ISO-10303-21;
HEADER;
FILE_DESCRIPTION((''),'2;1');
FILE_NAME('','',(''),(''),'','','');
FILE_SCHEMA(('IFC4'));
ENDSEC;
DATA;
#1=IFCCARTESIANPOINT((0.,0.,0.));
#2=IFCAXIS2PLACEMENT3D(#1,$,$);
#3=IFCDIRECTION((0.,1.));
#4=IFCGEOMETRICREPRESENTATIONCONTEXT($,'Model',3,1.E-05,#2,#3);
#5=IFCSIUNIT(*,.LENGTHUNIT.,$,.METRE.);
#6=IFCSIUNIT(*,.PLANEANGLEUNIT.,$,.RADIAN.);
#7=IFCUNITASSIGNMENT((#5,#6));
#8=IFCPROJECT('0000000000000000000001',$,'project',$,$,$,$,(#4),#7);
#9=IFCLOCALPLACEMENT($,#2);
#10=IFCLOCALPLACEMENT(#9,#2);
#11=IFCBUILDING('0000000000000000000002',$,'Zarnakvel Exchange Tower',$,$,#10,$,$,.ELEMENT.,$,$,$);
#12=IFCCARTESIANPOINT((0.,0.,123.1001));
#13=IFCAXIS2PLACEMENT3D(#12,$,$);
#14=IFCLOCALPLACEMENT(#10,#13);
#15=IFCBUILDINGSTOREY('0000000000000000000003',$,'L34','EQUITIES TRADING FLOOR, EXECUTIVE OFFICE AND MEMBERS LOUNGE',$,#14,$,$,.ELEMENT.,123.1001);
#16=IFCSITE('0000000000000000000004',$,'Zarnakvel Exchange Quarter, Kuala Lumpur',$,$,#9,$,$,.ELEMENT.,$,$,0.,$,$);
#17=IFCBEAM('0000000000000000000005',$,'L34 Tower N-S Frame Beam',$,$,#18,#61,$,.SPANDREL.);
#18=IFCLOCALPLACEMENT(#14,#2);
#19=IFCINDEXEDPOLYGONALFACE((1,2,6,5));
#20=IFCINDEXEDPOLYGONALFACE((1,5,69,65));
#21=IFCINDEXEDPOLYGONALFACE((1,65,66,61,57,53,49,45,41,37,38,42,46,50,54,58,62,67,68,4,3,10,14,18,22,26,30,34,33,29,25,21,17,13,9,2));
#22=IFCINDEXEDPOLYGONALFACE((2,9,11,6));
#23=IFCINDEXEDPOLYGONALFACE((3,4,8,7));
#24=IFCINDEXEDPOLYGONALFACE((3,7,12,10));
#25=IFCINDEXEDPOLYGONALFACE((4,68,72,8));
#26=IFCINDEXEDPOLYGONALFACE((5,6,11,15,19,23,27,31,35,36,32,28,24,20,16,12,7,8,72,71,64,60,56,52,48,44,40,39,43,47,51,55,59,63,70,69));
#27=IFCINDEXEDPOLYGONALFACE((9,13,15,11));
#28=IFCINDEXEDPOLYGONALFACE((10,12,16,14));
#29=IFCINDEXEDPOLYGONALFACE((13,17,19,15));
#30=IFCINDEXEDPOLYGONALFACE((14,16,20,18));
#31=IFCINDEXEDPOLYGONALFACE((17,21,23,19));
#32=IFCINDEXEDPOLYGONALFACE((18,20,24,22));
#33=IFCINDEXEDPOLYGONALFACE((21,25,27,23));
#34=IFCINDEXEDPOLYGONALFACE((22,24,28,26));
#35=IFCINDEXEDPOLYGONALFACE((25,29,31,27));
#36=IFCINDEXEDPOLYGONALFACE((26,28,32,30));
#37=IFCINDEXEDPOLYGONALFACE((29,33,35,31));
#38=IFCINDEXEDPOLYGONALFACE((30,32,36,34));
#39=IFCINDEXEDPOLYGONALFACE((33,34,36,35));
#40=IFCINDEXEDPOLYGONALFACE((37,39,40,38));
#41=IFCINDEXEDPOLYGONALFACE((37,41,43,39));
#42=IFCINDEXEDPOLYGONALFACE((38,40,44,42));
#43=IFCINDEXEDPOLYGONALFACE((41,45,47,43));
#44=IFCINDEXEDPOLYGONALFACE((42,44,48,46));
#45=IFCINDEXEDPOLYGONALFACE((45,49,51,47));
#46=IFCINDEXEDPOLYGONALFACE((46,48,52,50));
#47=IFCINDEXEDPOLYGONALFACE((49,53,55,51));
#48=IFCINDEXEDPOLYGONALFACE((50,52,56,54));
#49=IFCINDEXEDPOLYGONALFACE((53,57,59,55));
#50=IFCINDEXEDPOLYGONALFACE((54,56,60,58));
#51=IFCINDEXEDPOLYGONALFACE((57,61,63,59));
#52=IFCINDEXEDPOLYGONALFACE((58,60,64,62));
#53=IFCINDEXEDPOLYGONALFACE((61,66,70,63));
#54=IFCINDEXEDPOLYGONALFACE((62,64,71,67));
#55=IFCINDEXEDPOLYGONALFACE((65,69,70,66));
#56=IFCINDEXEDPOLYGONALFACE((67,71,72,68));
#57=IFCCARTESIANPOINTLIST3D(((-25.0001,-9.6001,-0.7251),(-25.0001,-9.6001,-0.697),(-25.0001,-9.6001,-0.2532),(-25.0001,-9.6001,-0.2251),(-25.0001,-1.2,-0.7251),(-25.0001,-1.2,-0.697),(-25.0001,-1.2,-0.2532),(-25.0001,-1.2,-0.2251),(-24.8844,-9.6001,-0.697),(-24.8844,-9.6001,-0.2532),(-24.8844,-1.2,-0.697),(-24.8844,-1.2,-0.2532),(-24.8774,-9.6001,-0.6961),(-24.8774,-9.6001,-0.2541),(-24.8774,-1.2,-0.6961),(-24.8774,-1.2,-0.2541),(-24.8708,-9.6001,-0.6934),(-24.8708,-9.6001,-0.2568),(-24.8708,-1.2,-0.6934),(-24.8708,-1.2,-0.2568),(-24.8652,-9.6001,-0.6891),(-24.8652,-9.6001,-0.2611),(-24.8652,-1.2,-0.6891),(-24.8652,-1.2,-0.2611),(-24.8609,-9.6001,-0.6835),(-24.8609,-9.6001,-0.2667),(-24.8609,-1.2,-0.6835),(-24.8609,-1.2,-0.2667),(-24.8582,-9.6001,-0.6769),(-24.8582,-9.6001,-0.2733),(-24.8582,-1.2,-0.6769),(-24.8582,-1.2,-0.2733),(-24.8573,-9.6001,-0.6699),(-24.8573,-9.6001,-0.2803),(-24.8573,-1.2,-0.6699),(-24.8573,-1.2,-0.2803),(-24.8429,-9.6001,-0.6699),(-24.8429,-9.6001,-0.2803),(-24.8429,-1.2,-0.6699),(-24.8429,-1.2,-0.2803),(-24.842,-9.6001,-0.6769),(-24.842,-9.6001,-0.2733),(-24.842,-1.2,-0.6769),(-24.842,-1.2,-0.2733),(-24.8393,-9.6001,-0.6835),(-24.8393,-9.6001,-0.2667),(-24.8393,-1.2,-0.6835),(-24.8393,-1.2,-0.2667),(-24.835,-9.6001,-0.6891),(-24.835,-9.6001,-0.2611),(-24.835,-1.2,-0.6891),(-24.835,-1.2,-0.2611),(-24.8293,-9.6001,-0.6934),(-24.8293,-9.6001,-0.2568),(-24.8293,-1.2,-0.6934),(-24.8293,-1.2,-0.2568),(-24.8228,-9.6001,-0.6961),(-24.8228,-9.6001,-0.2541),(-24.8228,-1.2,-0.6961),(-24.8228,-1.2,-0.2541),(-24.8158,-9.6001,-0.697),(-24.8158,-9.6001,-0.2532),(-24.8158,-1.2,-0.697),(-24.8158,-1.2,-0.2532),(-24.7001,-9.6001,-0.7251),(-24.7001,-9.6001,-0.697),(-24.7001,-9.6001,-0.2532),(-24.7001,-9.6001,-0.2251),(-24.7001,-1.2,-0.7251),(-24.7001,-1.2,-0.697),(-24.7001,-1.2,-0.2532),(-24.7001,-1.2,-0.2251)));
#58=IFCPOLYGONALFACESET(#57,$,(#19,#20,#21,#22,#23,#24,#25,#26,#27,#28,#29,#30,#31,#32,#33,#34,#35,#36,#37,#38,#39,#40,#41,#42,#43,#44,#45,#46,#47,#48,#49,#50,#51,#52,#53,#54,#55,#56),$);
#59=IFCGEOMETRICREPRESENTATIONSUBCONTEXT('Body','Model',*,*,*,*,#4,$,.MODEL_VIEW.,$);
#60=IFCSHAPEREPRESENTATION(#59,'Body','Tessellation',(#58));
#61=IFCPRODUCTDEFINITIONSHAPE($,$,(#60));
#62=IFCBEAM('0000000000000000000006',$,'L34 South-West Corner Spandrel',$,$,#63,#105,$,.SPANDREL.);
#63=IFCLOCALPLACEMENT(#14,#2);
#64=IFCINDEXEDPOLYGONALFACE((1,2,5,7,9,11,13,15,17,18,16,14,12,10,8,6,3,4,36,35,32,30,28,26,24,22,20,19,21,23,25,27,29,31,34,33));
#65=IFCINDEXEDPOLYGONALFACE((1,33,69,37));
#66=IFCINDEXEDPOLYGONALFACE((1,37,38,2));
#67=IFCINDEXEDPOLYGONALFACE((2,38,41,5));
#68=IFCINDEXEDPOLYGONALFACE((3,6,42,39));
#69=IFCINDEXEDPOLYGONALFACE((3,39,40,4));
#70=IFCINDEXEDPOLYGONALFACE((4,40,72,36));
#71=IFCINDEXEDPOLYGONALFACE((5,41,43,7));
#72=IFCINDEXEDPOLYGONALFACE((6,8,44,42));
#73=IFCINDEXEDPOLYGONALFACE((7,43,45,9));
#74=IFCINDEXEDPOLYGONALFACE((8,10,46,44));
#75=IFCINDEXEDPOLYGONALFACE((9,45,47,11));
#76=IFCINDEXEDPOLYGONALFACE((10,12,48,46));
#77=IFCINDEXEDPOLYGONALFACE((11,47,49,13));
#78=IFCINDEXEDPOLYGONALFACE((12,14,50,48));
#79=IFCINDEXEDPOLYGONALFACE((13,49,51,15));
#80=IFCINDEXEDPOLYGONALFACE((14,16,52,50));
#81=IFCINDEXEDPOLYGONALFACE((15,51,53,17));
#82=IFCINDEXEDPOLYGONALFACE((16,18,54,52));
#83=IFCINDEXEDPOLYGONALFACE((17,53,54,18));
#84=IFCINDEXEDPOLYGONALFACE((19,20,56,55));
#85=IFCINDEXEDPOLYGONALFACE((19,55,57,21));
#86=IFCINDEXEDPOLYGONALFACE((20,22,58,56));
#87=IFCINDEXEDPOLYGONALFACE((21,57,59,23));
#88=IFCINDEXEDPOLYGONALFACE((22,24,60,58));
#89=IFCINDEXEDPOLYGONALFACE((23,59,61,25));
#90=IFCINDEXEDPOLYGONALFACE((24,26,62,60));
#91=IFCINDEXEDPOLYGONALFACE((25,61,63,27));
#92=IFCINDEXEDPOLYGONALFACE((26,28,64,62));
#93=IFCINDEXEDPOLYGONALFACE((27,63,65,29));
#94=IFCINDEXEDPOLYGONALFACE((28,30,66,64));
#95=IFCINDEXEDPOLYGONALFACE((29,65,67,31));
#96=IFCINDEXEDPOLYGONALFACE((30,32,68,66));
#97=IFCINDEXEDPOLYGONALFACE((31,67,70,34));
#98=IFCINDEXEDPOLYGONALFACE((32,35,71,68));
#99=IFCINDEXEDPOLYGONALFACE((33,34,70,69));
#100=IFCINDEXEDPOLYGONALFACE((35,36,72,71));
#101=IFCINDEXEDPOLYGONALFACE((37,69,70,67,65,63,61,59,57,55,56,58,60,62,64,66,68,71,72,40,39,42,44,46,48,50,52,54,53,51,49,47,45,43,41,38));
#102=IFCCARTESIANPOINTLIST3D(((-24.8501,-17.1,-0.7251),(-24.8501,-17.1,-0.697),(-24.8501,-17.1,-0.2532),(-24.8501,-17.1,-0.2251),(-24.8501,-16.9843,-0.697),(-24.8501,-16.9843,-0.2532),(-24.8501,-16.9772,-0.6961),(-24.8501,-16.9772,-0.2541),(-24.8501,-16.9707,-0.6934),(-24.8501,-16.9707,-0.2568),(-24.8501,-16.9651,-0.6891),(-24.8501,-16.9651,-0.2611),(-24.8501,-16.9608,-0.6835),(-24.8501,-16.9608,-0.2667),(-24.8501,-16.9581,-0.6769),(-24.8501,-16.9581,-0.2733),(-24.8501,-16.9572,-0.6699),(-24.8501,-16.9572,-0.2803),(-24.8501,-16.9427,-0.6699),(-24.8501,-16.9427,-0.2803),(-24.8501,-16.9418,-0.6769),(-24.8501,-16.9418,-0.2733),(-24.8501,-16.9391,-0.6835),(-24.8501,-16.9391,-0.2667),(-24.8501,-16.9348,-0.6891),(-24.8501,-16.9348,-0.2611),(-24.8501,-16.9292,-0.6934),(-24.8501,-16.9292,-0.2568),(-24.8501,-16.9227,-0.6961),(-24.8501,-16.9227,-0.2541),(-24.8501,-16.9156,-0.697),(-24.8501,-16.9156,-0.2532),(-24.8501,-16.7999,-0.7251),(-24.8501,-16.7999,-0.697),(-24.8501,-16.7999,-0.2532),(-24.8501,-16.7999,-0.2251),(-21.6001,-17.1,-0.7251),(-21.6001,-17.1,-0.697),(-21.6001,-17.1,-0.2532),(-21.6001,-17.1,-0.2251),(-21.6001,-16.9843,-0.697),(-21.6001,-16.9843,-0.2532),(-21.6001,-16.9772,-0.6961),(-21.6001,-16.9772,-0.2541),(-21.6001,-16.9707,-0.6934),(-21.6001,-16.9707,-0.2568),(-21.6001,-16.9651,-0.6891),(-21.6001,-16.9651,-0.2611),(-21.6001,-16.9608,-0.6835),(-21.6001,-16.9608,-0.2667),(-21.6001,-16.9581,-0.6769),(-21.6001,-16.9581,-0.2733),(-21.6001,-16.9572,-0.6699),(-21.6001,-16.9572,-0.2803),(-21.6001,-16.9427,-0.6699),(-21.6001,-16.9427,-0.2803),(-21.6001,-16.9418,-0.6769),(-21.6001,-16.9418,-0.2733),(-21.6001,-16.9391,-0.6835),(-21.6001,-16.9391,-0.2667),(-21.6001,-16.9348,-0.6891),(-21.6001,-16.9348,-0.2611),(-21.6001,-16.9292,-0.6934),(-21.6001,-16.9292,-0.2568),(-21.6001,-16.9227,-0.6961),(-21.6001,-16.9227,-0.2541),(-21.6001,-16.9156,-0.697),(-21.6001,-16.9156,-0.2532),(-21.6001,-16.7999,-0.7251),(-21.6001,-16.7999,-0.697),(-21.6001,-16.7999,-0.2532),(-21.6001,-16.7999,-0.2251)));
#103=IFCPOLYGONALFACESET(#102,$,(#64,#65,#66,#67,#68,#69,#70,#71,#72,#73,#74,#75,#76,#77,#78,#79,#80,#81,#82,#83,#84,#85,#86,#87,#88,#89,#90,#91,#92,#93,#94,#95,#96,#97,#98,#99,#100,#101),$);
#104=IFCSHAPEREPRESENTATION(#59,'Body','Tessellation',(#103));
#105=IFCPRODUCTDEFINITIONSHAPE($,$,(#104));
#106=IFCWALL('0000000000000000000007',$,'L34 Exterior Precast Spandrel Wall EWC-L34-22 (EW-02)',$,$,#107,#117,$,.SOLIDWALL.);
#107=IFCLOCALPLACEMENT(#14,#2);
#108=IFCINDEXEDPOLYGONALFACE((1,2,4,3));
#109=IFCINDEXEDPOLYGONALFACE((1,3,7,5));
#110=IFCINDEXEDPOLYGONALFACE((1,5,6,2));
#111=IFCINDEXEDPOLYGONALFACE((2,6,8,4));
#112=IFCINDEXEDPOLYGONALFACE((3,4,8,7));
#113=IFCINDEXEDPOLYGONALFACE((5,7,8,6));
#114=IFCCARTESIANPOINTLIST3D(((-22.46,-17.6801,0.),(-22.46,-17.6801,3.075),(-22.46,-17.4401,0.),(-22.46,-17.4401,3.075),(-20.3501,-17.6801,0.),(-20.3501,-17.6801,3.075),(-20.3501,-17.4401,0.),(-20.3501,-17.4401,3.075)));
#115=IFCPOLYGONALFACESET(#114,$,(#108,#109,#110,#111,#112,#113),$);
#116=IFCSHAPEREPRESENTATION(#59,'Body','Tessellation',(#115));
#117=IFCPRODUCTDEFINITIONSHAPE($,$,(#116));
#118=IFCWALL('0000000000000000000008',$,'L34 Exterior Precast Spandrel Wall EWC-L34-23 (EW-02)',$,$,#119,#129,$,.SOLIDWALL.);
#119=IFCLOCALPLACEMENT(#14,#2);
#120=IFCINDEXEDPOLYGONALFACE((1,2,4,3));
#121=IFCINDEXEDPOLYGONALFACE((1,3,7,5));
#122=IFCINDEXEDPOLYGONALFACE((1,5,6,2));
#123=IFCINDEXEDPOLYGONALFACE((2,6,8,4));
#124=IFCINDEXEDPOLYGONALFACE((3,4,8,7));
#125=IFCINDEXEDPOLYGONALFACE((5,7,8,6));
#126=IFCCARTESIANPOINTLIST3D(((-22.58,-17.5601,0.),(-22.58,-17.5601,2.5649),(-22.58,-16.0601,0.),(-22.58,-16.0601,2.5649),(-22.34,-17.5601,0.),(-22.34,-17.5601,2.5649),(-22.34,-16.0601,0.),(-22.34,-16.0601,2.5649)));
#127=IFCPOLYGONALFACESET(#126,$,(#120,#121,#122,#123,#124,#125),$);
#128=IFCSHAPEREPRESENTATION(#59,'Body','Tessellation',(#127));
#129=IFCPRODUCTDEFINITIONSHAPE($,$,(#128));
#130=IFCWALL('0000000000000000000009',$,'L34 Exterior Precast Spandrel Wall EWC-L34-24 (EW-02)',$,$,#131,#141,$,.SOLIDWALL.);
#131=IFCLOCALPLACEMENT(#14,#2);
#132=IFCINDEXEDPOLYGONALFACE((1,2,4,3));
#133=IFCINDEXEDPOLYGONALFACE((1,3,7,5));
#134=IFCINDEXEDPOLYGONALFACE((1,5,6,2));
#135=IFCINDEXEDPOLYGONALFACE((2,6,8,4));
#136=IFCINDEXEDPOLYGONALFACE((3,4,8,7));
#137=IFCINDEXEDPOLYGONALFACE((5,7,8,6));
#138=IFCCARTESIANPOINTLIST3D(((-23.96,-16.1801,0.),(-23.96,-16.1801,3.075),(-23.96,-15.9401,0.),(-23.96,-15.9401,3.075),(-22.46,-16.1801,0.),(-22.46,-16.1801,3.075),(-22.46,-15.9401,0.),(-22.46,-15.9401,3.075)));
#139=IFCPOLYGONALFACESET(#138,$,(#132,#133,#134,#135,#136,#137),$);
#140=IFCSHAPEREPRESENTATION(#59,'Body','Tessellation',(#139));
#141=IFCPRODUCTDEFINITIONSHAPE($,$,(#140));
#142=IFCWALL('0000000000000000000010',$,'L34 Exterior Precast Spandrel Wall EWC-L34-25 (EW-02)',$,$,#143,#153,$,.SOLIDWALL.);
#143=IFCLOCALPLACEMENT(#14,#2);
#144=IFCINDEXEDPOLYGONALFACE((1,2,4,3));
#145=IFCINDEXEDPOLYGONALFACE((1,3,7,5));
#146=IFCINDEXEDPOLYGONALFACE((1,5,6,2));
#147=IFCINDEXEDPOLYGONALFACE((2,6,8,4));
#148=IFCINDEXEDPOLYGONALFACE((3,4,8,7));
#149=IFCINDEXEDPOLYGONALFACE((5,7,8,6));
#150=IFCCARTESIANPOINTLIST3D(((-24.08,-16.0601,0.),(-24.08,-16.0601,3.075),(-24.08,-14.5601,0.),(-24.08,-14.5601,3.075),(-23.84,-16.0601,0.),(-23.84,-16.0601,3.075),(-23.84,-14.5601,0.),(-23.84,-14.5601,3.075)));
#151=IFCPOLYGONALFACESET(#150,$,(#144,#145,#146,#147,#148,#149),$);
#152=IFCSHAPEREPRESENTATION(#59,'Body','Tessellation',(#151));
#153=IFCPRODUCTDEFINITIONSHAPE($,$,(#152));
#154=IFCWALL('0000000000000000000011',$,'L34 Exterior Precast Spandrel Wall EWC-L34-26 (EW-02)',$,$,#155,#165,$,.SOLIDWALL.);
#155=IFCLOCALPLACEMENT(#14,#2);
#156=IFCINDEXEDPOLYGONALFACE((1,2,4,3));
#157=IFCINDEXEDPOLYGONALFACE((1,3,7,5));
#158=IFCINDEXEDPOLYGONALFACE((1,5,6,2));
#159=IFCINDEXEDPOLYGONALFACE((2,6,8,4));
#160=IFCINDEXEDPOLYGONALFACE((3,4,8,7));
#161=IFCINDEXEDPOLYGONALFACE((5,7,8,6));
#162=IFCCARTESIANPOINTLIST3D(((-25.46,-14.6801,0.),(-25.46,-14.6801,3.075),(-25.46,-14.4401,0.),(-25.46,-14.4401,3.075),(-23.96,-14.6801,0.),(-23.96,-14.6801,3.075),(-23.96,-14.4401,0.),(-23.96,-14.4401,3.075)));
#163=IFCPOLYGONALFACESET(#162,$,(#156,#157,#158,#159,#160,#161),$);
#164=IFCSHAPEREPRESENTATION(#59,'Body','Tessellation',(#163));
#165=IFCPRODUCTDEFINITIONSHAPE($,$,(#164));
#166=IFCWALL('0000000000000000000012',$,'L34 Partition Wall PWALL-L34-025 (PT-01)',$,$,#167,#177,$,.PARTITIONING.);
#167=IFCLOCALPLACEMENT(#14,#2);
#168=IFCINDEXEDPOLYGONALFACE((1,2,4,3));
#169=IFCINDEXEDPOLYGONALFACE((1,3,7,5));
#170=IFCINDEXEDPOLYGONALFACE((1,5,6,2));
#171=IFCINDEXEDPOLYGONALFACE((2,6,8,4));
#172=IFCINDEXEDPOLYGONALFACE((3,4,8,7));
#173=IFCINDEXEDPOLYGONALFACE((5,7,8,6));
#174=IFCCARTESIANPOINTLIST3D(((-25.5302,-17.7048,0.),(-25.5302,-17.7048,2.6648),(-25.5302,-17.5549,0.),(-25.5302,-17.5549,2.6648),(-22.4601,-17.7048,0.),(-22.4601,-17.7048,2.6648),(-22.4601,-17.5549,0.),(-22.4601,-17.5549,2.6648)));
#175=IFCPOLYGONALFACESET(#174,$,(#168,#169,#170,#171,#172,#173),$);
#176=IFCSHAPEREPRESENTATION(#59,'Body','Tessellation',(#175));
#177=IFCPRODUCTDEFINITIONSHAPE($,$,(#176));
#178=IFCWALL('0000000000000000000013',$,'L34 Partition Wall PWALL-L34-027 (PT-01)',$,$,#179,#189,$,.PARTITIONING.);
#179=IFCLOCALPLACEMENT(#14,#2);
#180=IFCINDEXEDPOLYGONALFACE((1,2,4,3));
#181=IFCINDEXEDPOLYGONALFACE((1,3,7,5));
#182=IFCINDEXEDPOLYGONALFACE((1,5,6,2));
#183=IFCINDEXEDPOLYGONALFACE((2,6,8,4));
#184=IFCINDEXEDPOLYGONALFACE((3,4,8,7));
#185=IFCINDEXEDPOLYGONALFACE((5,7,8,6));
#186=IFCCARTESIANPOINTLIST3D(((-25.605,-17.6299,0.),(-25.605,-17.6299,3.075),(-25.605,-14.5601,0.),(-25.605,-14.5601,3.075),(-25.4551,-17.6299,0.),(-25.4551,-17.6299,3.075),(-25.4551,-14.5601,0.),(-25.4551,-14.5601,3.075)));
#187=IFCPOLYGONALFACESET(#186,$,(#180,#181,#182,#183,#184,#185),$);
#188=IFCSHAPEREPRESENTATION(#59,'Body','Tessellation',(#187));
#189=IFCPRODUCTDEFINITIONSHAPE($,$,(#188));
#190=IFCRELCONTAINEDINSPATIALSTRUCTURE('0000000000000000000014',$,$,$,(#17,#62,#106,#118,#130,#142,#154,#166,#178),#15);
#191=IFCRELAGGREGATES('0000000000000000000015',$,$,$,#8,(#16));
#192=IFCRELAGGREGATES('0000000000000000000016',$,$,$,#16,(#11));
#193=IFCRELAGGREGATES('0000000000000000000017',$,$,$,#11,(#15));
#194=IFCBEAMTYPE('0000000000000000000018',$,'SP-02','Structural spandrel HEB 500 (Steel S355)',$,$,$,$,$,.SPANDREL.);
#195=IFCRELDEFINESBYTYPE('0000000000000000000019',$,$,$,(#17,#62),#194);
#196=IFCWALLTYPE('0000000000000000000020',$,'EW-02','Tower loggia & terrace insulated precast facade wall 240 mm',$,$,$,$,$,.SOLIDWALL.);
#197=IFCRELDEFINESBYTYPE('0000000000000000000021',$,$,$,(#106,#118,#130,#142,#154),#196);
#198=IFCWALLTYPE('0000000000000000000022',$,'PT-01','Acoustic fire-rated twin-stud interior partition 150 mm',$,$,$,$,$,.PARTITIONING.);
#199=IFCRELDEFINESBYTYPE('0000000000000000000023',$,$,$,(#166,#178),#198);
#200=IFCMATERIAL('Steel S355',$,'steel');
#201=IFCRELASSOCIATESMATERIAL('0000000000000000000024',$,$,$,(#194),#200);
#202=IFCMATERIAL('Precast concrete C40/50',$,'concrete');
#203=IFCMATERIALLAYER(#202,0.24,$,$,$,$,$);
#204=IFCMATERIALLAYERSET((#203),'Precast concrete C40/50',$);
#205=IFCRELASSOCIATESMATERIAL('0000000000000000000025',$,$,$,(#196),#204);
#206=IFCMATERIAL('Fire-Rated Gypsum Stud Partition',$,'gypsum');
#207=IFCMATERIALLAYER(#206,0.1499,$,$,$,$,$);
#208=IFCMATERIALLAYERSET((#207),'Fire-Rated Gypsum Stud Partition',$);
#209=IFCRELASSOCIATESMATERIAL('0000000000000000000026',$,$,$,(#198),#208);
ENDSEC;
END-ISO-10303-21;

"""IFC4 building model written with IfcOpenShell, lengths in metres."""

from ifc_helpers import new_model, si_unit, direction, frame, frame_2d, origin, origin_2d, place, context, subcontext, project, spatial, rectangle, i_section, extrude, material, layer, layer_set, material_profile, profile_set, type_object, element, save


model = new_model("IFC4")

# Units and contexts
model_context = context("Model", 3, precision=1e-05, world=origin(), true_north=direction((0.0, 1.0)))
body_context = subcontext(model_context, "Body", "Model", "MODEL_VIEW")
ifc_project = project(units=[si_unit("LENGTHUNIT", "METRE"), si_unit("PLANEANGLEUNIT", "RADIAN")], contexts=[model_context])

# Site, building, storey
site_placement = place(None, origin())
site = spatial("IfcSite", under=ifc_project, at=site_placement, Name="Zarnakvel Exchange Quarter, Kuala Lumpur", CompositionType="ELEMENT", RefElevation=0.0)
building_placement = place(site_placement, origin())
building = spatial("IfcBuilding", under=site, at=building_placement, Name="Zarnakvel Exchange Tower", CompositionType="ELEMENT")
storey_placement = place(building_placement, frame((0.0, 0.0, 123.1001)))
storey = spatial("IfcBuildingStorey", under=building, at=storey_placement, Name="L34", Description="EQUITIES TRADING FLOOR, EXECUTIVE OFFICE AND MEMBERS LOUNGE", CompositionType="ELEMENT", Elevation=123.1001)

# Shared definitions
ifc_material_1 = material(Name="Steel S355", Category="steel")

# Beams
ifc_material_profile_1 = material_profile(ifc_material_1, i_section(OverallWidth=0.3, OverallDepth=0.5, WebThickness=0.0144, FlangeThickness=0.0281, FilletRadius=0.0271, at=origin_2d()))
ifc_profile_set_1 = profile_set([ifc_material_profile_1], Name="Steel S355")
beam_type_1 = type_object("IfcBeamType", Name="SP-02", Description="Structural spandrel HEB 500 (Steel S355)", PredefinedType="SPANDREL", material=ifc_profile_set_1)
beam_1_placement = place(storey_placement, frame((-24.8501, -9.6001, -0.4751), z_axis=(0.0, 1.0, 0.0), x_axis=(-1.0, 0.0, 0.0)))
element("IfcBeam", 1, at=beam_1_placement, inside=storey, type_object=beam_type_1, Name="L34 Tower N-S Frame Beam", PredefinedType="SPANDREL", context=body_context, shape_type="SweptSolid", body=[
    extrude(i_section(OverallWidth=0.3, OverallDepth=0.5, WebThickness=0.0144, FlangeThickness=0.0281, FilletRadius=0.0271, at=origin_2d()), origin(), (0.0, 0.0, 1.0), 8.4001),
])
beam_2_placement = place(storey_placement, frame((-24.8501, -16.95, -0.4751), z_axis=(1.0, 0.0, 0.0), x_axis=(0.0, 1.0, 0.0)))
element("IfcBeam", 2, at=beam_2_placement, inside=storey, type_object=beam_type_1, Name="L34 South-West Corner Spandrel", PredefinedType="SPANDREL", context=body_context, shape_type="SweptSolid", body=[
    extrude(i_section(OverallWidth=0.3, OverallDepth=0.5, WebThickness=0.0144, FlangeThickness=0.0281, FilletRadius=0.0271, at=origin_2d()), origin(), (0.0, 0.0, 1.0), 3.25),
])

# Walls
ifc_material_2 = material(Name="Precast concrete C40/50", Category="concrete")
ifc_layer_1 = layer(ifc_material_2, 0.24)
ifc_layer_set_1 = layer_set([ifc_layer_1], Name="Precast concrete C40/50")
wall_type_1 = type_object("IfcWallType", Name="EW-02", Description="Tower loggia & terrace insulated precast facade wall 240 mm", PredefinedType="SOLIDWALL", material=ifc_layer_set_1)
wall_1_placement = place(storey_placement, frame((-22.46, -17.5601, 0.0), z_axis=(0.0, 0.0, 1.0), x_axis=(1.0, 0.0, 0.0)))
element("IfcWall", 3, at=wall_1_placement, inside=storey, type_object=wall_type_1, Name="L34 Exterior Precast Spandrel Wall EWC-L34-22 (EW-02)", PredefinedType="SOLIDWALL", context=body_context, shape_type="SweptSolid", body=[
    extrude(rectangle(XDim=2.1099, YDim=0.24, at=frame_2d((1.0549, 0.0))), origin(), (0.0, 0.0, 1.0), 3.075),
])
wall_2_placement = place(storey_placement, frame((-22.46, -16.0601, 0.0), z_axis=(0.0, 0.0, 1.0), x_axis=(0.0, -1.0, 0.0)))
element("IfcWall", 4, at=wall_2_placement, inside=storey, type_object=wall_type_1, Name="L34 Exterior Precast Spandrel Wall EWC-L34-23 (EW-02)", PredefinedType="SOLIDWALL", context=body_context, shape_type="SweptSolid", body=[
    extrude(rectangle(XDim=1.5, YDim=0.24, at=frame_2d((0.75, 0.0))), origin(), (0.0, 0.0, 1.0), 2.5649),
])
for number, where, z_axis, x_axis, name in (
    (5, (-23.96, -16.0601, 0.0), (0.0, 0.0, 1.0), (1.0, 0.0, 0.0), "L34 Exterior Precast Spandrel Wall EWC-L34-24 (EW-02)"),
    (6, (-23.96, -14.5601, 0.0), (0.0, 0.0, 1.0), (0.0, -1.0, 0.0), "L34 Exterior Precast Spandrel Wall EWC-L34-25 (EW-02)"),
    (7, (-25.46, -14.5601, 0.0), (0.0, 0.0, 1.0), (1.0, 0.0, 0.0), "L34 Exterior Precast Spandrel Wall EWC-L34-26 (EW-02)"),
):
    element("IfcWall", number, at=place(storey_placement, frame(where, z_axis=z_axis, x_axis=x_axis)), inside=storey, type_object=wall_type_1, Name=name, PredefinedType="SOLIDWALL", context=body_context, shape_type="SweptSolid", body=[
        extrude(rectangle(XDim=1.5, YDim=0.24, at=frame_2d((0.75, 0.0))), origin(), (0.0, 0.0, 1.0), 3.075),
    ])
ifc_material_3 = material(Name="Fire-Rated Gypsum Stud Partition", Category="gypsum")
ifc_layer_2 = layer(ifc_material_3, 0.1499)
ifc_layer_set_2 = layer_set([ifc_layer_2], Name="Fire-Rated Gypsum Stud Partition")
wall_type_2 = type_object("IfcWallType", Name="PT-01", Description="Acoustic fire-rated twin-stud interior partition 150 mm", PredefinedType="PARTITIONING", material=ifc_layer_set_2)
wall_3_placement = place(storey_placement, frame((-22.46, -17.6299, 0.0), z_axis=(0.0, 0.0, 1.0), x_axis=(-1.0, 0.0, 0.0)))
element("IfcWall", 8, at=wall_3_placement, inside=storey, type_object=wall_type_2, Name="L34 Partition Wall PWALL-L34-025 (PT-01)", PredefinedType="PARTITIONING", context=body_context, shape_type="SweptSolid", body=[
    extrude(rectangle(XDim=3.0701, YDim=0.1499, at=frame_2d((1.5352, 0.0))), origin(), (0.0, 0.0, 1.0), 2.6648),
])
wall_4_placement = place(storey_placement, frame((-25.53, -17.6299, 0.0), z_axis=(0.0, 0.0, 1.0), x_axis=(0.0, 1.0, 0.0)))
element("IfcWall", 9, at=wall_4_placement, inside=storey, type_object=wall_type_2, Name="L34 Partition Wall PWALL-L34-027 (PT-01)", PredefinedType="PARTITIONING", context=body_context, shape_type="SweptSolid", body=[
    extrude(rectangle(XDim=3.0698, YDim=0.1499, at=frame_2d((1.5349, 0.0))), origin(), (0.0, 0.0, 1.0), 3.075),
])

save(model, "model.ifc")
